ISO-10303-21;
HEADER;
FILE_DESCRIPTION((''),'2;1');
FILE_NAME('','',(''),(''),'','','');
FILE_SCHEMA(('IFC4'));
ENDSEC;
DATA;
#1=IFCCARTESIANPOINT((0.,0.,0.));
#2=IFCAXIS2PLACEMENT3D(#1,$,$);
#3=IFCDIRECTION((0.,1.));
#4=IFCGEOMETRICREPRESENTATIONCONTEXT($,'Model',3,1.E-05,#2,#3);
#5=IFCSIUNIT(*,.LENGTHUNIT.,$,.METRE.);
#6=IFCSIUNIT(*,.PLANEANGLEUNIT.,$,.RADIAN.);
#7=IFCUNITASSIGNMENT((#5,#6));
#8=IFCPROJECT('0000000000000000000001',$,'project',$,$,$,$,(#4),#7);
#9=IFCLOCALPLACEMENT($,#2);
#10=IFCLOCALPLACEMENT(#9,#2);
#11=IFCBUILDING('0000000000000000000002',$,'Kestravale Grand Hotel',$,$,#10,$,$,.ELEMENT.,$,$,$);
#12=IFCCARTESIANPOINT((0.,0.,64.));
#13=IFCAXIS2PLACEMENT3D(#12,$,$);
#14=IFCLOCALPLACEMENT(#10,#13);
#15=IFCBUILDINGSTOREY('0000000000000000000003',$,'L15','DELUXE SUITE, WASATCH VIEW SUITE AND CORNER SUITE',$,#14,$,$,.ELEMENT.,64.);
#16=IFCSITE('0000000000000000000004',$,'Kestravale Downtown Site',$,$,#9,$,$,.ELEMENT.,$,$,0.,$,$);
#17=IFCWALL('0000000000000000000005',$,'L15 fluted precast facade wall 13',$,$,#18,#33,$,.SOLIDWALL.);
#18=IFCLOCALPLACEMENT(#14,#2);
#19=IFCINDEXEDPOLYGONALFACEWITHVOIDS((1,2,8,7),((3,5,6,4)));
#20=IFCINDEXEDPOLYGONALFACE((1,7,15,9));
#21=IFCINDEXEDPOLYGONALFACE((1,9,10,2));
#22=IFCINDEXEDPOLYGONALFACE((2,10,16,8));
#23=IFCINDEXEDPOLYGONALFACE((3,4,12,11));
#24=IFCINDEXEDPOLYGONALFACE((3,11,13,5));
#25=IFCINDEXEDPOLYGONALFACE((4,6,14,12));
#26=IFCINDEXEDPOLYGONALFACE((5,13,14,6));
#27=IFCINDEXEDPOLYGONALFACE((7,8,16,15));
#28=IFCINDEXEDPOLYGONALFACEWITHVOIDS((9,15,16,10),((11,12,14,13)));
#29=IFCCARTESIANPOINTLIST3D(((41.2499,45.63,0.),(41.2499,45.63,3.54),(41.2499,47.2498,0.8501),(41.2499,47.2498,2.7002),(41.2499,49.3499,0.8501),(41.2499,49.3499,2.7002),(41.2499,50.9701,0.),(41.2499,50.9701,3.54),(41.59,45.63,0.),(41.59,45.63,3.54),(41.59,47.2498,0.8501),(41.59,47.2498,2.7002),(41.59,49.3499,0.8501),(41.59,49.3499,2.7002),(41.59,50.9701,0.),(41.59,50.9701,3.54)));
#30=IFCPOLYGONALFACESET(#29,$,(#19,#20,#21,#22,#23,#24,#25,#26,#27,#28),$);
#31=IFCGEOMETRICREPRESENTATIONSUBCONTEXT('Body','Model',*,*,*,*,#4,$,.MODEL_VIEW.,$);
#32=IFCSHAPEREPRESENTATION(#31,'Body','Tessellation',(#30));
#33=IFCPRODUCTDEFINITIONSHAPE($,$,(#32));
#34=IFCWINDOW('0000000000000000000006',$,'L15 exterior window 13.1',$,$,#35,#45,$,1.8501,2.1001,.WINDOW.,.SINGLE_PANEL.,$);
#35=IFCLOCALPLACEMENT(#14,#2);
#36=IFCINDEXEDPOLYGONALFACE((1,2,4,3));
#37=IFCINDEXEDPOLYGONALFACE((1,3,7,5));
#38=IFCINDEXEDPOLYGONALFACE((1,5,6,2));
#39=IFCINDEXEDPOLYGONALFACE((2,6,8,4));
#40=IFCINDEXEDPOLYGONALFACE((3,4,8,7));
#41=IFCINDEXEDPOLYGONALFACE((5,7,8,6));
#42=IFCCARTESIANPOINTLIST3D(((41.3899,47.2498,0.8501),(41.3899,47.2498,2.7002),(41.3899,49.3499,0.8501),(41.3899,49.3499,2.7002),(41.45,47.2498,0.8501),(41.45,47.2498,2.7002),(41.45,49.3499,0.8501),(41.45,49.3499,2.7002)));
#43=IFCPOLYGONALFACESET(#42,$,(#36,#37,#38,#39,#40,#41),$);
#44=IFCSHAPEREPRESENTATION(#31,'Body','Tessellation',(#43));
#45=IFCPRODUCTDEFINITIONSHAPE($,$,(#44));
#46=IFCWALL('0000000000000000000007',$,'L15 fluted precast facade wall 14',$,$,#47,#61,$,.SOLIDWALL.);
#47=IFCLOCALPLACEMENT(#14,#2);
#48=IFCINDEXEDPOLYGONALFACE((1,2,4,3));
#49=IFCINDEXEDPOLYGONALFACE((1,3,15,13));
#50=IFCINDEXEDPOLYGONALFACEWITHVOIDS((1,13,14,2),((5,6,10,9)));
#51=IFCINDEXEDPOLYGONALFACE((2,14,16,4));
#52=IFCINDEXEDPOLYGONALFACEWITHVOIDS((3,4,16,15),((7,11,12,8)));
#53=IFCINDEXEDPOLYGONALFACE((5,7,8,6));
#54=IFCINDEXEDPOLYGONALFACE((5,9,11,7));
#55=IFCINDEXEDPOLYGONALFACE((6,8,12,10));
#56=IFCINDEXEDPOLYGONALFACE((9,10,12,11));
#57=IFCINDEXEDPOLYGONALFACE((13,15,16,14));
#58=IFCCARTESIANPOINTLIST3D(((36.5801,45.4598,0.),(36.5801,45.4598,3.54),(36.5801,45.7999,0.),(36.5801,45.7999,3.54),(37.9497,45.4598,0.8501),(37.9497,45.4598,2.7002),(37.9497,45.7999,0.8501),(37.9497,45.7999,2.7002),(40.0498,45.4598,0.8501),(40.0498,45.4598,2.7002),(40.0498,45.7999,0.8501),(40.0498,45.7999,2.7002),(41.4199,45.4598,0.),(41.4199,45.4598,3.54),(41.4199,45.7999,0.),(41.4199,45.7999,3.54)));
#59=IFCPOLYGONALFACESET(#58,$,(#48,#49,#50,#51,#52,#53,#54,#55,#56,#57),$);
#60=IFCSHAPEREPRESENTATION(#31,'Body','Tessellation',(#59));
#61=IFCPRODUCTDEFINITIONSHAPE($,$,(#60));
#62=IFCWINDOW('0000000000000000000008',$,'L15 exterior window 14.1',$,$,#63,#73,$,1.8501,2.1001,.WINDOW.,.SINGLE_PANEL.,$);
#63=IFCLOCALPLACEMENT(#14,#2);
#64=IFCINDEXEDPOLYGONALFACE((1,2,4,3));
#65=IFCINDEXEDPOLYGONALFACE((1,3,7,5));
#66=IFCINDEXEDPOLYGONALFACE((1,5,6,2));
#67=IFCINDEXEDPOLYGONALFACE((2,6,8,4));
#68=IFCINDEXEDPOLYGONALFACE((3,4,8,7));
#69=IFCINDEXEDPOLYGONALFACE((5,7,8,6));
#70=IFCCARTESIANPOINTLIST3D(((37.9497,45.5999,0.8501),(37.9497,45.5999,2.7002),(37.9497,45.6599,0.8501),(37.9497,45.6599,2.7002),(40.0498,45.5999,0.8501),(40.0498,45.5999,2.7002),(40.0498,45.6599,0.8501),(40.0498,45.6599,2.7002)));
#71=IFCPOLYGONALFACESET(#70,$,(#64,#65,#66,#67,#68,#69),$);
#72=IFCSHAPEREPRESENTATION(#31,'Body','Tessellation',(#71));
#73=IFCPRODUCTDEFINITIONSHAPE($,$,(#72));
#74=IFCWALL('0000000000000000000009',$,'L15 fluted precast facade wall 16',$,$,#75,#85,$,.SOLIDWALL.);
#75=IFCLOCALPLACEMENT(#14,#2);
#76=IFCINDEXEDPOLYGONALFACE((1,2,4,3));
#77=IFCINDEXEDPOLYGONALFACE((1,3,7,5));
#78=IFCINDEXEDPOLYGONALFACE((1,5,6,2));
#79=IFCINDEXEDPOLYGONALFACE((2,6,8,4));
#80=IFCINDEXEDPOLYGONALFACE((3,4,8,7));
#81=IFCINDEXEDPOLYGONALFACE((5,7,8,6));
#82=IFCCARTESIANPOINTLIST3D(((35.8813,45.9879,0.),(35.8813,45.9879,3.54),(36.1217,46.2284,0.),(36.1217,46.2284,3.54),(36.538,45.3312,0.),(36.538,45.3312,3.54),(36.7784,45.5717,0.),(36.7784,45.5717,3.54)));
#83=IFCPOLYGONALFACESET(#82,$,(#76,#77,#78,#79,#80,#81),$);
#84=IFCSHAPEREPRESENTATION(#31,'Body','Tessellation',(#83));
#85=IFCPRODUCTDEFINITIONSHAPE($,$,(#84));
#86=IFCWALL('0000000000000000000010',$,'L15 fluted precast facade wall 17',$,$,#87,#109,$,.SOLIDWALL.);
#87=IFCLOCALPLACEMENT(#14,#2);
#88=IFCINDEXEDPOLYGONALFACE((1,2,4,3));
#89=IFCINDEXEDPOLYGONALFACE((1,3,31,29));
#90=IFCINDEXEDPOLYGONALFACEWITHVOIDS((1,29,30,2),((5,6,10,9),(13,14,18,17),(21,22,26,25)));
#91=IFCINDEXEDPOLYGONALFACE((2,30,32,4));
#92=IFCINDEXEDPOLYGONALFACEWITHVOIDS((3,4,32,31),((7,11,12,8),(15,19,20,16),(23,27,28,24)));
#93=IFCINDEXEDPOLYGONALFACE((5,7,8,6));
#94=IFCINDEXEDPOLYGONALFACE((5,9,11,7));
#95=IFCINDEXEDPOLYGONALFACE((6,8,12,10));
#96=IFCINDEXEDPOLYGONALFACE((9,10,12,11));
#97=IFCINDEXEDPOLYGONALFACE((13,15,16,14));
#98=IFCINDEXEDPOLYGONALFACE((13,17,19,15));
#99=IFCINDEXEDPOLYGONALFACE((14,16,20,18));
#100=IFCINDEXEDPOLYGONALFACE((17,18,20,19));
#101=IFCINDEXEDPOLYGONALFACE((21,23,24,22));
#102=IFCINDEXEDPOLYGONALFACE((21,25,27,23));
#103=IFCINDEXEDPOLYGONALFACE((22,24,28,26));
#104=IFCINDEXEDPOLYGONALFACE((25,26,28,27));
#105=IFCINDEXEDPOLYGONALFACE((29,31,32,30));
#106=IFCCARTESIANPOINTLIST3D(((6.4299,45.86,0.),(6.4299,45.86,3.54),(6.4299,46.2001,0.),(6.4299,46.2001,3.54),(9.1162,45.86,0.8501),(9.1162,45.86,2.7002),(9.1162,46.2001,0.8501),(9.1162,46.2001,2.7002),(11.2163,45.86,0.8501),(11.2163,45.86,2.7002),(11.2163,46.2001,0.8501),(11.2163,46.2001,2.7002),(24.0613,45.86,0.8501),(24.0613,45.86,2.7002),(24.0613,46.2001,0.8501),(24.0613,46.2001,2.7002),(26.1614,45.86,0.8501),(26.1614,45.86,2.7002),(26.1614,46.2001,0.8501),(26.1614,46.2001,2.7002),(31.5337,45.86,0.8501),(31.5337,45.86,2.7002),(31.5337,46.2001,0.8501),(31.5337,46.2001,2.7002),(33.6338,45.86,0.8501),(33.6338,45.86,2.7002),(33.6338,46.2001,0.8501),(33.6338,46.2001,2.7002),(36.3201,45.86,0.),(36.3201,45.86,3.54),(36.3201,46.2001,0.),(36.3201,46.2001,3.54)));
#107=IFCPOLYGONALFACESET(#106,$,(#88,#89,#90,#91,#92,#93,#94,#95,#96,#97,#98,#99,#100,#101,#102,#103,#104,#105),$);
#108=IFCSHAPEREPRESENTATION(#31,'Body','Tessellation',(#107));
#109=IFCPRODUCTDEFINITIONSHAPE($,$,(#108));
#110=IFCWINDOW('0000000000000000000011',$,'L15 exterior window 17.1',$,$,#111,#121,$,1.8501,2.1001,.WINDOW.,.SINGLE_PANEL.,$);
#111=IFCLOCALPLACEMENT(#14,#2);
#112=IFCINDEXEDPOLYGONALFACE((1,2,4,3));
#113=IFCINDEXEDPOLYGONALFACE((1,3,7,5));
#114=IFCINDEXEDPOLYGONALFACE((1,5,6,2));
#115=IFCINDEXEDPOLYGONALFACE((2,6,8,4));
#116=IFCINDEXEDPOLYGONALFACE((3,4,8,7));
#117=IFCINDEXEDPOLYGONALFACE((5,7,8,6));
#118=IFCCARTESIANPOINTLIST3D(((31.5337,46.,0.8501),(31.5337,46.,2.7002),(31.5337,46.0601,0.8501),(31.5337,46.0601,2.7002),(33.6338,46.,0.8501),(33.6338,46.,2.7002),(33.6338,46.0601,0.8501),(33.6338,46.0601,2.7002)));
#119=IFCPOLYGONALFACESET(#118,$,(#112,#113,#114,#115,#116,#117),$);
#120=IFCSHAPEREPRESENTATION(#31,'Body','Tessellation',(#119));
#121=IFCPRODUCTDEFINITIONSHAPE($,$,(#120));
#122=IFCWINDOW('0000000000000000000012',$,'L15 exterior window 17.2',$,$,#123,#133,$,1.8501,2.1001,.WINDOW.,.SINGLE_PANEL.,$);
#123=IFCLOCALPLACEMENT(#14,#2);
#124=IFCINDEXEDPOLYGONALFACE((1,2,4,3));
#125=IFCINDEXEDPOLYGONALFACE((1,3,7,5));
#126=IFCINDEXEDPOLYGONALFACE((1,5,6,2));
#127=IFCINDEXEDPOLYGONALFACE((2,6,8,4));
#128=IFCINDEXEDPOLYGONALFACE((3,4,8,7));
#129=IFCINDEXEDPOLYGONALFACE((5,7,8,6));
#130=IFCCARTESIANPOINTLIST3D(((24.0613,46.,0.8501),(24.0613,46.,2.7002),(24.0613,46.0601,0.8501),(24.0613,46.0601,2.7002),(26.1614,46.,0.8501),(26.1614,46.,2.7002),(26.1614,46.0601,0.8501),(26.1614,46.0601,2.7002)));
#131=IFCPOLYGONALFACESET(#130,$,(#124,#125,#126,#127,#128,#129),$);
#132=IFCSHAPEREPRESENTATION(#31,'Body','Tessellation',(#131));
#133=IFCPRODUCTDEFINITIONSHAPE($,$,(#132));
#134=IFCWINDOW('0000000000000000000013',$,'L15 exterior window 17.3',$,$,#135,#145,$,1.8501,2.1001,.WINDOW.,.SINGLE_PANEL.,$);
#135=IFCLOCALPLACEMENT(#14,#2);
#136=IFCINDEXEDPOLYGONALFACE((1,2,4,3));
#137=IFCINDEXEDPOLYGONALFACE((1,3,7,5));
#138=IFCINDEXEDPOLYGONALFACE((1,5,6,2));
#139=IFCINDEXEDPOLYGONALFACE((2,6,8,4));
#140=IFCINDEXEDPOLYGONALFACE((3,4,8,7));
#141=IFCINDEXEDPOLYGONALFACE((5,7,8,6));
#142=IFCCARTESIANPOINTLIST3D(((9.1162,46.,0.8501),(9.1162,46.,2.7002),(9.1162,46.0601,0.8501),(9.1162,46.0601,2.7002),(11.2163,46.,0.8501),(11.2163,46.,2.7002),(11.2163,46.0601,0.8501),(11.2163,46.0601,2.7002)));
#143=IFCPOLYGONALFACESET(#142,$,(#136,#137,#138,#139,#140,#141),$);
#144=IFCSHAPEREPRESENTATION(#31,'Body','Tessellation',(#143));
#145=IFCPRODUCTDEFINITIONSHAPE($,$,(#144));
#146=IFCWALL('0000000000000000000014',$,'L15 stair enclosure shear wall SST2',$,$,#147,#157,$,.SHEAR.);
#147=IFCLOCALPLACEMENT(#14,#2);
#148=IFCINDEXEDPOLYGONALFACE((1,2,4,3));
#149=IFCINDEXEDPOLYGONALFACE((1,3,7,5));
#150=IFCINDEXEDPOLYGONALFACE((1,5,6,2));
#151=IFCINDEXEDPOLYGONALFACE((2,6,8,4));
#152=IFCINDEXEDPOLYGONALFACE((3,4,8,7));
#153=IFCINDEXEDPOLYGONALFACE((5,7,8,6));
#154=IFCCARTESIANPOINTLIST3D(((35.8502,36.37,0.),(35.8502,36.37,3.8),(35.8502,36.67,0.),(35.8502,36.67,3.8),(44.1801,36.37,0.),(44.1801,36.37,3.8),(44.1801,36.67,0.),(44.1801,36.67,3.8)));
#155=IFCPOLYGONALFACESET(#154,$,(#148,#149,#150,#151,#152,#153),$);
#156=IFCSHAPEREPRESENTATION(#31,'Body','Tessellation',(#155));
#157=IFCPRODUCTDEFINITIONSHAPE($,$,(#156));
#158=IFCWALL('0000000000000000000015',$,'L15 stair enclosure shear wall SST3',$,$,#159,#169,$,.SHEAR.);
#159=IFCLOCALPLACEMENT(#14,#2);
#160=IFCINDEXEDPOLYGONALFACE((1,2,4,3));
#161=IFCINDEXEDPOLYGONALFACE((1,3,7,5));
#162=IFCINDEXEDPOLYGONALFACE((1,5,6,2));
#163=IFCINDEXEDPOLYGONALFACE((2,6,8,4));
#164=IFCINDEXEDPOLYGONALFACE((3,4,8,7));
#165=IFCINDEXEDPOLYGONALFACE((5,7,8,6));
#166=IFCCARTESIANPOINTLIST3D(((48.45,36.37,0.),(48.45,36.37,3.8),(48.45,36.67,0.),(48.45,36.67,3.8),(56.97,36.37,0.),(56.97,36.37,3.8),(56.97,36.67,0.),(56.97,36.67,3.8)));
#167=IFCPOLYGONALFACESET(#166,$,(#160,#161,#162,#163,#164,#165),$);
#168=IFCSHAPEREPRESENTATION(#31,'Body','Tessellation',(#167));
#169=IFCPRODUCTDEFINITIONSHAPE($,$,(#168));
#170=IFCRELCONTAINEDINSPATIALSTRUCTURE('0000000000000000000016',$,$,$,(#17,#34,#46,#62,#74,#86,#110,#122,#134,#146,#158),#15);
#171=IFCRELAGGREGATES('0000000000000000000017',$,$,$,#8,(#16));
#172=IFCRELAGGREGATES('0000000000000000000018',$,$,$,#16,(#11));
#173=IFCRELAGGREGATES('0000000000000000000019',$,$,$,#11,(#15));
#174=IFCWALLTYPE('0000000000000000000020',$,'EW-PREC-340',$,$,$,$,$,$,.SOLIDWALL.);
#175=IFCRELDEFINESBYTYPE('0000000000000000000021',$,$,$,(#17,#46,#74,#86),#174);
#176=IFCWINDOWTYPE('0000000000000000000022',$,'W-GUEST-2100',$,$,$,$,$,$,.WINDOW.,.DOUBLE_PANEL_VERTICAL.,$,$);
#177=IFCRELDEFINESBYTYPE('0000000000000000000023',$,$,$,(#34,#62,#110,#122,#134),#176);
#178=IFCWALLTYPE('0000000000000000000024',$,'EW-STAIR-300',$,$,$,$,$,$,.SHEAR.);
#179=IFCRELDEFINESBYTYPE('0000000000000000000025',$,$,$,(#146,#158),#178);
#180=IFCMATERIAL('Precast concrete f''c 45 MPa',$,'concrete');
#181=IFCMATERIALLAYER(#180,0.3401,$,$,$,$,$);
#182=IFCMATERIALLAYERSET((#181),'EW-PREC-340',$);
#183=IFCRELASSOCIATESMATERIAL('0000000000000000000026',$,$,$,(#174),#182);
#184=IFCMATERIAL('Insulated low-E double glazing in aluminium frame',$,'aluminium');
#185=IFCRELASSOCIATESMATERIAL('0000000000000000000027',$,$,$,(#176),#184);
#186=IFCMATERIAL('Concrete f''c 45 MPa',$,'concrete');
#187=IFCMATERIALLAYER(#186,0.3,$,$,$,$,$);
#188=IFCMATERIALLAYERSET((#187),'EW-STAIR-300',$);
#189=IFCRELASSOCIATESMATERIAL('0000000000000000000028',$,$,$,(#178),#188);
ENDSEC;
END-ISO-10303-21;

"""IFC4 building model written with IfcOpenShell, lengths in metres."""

from ifc_helpers import new_model, si_unit, direction, frame, frame_2d, origin, place, context, subcontext, project, spatial, rectangle, extrude, material, layer, layer_set, type_object, element, fill, save


model = new_model("IFC4")

# Units and contexts
model_context = context("Model", 3, precision=1e-05, world=origin(), true_north=direction((0.0, 1.0)))
body_context = subcontext(model_context, "Body", "Model", "MODEL_VIEW")
ifc_project = project(units=[si_unit("LENGTHUNIT", "METRE"), si_unit("PLANEANGLEUNIT", "RADIAN")], contexts=[model_context])

# Site, building, storey
site_placement = place(None, origin())
site = spatial("IfcSite", under=ifc_project, at=site_placement, Name="Kestravale Downtown Site", CompositionType="ELEMENT", RefElevation=0.0)
building_placement = place(site_placement, origin())
building = spatial("IfcBuilding", under=site, at=building_placement, Name="Kestravale Grand Hotel", CompositionType="ELEMENT")
storey_placement = place(building_placement, frame((0.0, 0.0, 64.0)))
storey = spatial("IfcBuildingStorey", under=building, at=storey_placement, Name="L15", Description="DELUXE SUITE, WASATCH VIEW SUITE AND CORNER SUITE", CompositionType="ELEMENT", Elevation=64.0)

# Shared definitions
ifc_material_1 = material(Name="Precast concrete f'c 45 MPa", Category="concrete")
ifc_layer_1 = layer(ifc_material_1, 0.3401)
ifc_layer_set_1 = layer_set([ifc_layer_1], Name="EW-PREC-340")
wall_type_1 = type_object("IfcWallType", Name="EW-PREC-340", PredefinedType="SOLIDWALL", material=ifc_layer_set_1)

# Walls, openings, windows
wall_1_placement = place(storey_placement, frame((41.4199, 50.97, 0.0), z_axis=(0.0, 0.0, 1.0), x_axis=(0.0, -1.0, 0.0)))
wall_1 = element("IfcWall", 1, at=wall_1_placement, inside=storey, type_object=wall_type_1, Name="L15 fluted precast facade wall 13", PredefinedType="SOLIDWALL", context=body_context, shape_type="SweptSolid", body=[
    extrude(rectangle(XDim=5.3401, YDim=0.3401, at=frame_2d((2.6699, 0.0))), origin(), (0.0, 0.0, 1.0), 3.54),
])
opening_1_placement = place(wall_1_placement, frame((1.6201, 0.0, 0.8501)))
opening_1 = element("IfcOpeningElement", 2, at=opening_1_placement, cuts=wall_1, PredefinedType="OPENING", context=body_context, shape_type="SweptSolid", body=[
    extrude(rectangle(XDim=2.1001, YDim=1.8501, at=frame_2d((1.05, 0.925))), frame((0.0, 0.1799, 0.0), z_axis=(0.0, -1.0, 0.0), x_axis=(1.0, 0.0, 0.0)), (0.0, 0.0, 1.0), 0.3601),
])
ifc_material_2 = material(Name="Insulated low-E double glazing in aluminium frame", Category="aluminium")
window_type = type_object("IfcWindowType", Name="W-GUEST-2100", PartitioningType="DOUBLE_PANEL_VERTICAL", PredefinedType="WINDOW", material=ifc_material_2)
window_1_placement = place(opening_1_placement, origin())
window_1 = element("IfcWindow", 3, at=window_1_placement, inside=storey, type_object=window_type, Name="L15 exterior window 13.1", OverallHeight=1.8501, OverallWidth=2.1001, PartitioningType="SINGLE_PANEL", PredefinedType="WINDOW", context=body_context, shape_type="SweptSolid", body=[
    extrude(rectangle(XDim=2.1001, YDim=1.8501, at=frame_2d((1.05, 0.925))), frame((0.0, 0.03, 0.0), z_axis=(0.0, -1.0, 0.0), x_axis=(1.0, 0.0, 0.0)), (0.0, 0.0, 1.0), 0.0601),
])
fill(opening_1, window_1)
wall_2_placement = place(storey_placement, frame((41.4199, 45.6299, 0.0), z_axis=(0.0, 0.0, 1.0), x_axis=(-1.0, 0.0, 0.0)))
wall_2 = element("IfcWall", 4, at=wall_2_placement, inside=storey, type_object=wall_type_1, Name="L15 fluted precast facade wall 14", PredefinedType="SOLIDWALL", context=body_context, shape_type="SweptSolid", body=[
    extrude(rectangle(XDim=4.8398, YDim=0.3401, at=frame_2d((2.4199, 0.0))), origin(), (0.0, 0.0, 1.0), 3.54),
])
opening_2_placement = place(wall_2_placement, frame((1.3701, 0.0, 0.8501)))
opening_2 = element("IfcOpeningElement", 5, at=opening_2_placement, cuts=wall_2, PredefinedType="OPENING", context=body_context, shape_type="SweptSolid", body=[
    extrude(rectangle(XDim=2.1001, YDim=1.8501, at=frame_2d((1.05, 0.925))), frame((0.0, 0.1799, 0.0), z_axis=(0.0, -1.0, 0.0), x_axis=(1.0, 0.0, 0.0)), (0.0, 0.0, 1.0), 0.3601),
])
window_2_placement = place(opening_2_placement, origin())
window_2 = element("IfcWindow", 6, at=window_2_placement, inside=storey, type_object=window_type, Name="L15 exterior window 14.1", OverallHeight=1.8501, OverallWidth=2.1001, PartitioningType="SINGLE_PANEL", PredefinedType="WINDOW", context=body_context, shape_type="SweptSolid", body=[
    extrude(rectangle(XDim=2.1001, YDim=1.8501, at=frame_2d((1.05, 0.925))), frame((0.0, 0.03, 0.0), z_axis=(0.0, -1.0, 0.0), x_axis=(1.0, 0.0, 0.0)), (0.0, 0.0, 1.0), 0.0601),
])
fill(opening_2, window_2)

# Wall
wall_3_placement = place(storey_placement, frame((36.6582, 45.4514, 0.0), z_axis=(0.0, 0.0, 1.0), x_axis=(-0.707107, 0.707107, 0.0)))
element("IfcWall", 7, at=wall_3_placement, inside=storey, type_object=wall_type_1, Name="L15 fluted precast facade wall 16", PredefinedType="SOLIDWALL", context=body_context, shape_type="SweptSolid", body=[
    extrude(rectangle(XDim=0.9287, YDim=0.3401, at=frame_2d((0.4644, 0.0))), origin(), (0.0, 0.0, 1.0), 3.54),
])

# Wall, openings, windows
wall_4_placement = place(storey_placement, frame((36.3201, 46.03, 0.0), z_axis=(0.0, 0.0, 1.0), x_axis=(-1.0, 0.0, 0.0)))
wall_4 = element("IfcWall", 8, at=wall_4_placement, inside=storey, type_object=wall_type_1, Name="L15 fluted precast facade wall 17", PredefinedType="SOLIDWALL", context=body_context, shape_type="SweptSolid", body=[
    extrude(rectangle(XDim=29.8901, YDim=0.3401, at=frame_2d((14.9451, 0.0))), origin(), (0.0, 0.0, 1.0), 3.54),
])
opening_3_placement = place(wall_4_placement, frame((2.6863, 0.0, 0.8501)))
opening_3 = element("IfcOpeningElement", 9, at=opening_3_placement, cuts=wall_4, PredefinedType="OPENING", context=body_context, shape_type="SweptSolid", body=[
    extrude(rectangle(XDim=2.1001, YDim=1.8501, at=frame_2d((1.05, 0.925))), frame((0.0, 0.1799, 0.0), z_axis=(0.0, -1.0, 0.0), x_axis=(1.0, 0.0, 0.0)), (0.0, 0.0, 1.0), 0.3601),
])
opening_4_placement = place(wall_4_placement, frame((10.1587, 0.0, 0.8501)))
opening_4 = element("IfcOpeningElement", 10, at=opening_4_placement, cuts=wall_4, PredefinedType="OPENING", context=body_context, shape_type="SweptSolid", body=[
    extrude(rectangle(XDim=2.1001, YDim=1.8501, at=frame_2d((1.05, 0.925))), frame((0.0, 0.1799, 0.0), z_axis=(0.0, -1.0, 0.0), x_axis=(1.0, 0.0, 0.0)), (0.0, 0.0, 1.0), 0.3601),
])
opening_5_placement = place(wall_4_placement, frame((25.1038, 0.0, 0.8501)))
opening_5 = element("IfcOpeningElement", 11, at=opening_5_placement, cuts=wall_4, PredefinedType="OPENING", context=body_context, shape_type="SweptSolid", body=[
    extrude(rectangle(XDim=2.1001, YDim=1.8501, at=frame_2d((1.05, 0.925))), frame((0.0, 0.1799, 0.0), z_axis=(0.0, -1.0, 0.0), x_axis=(1.0, 0.0, 0.0)), (0.0, 0.0, 1.0), 0.3601),
])
window_3_placement = place(opening_3_placement, origin())
window_3 = element("IfcWindow", 12, at=window_3_placement, inside=storey, type_object=window_type, Name="L15 exterior window 17.1", OverallHeight=1.8501, OverallWidth=2.1001, PartitioningType="SINGLE_PANEL", PredefinedType="WINDOW", context=body_context, shape_type="SweptSolid", body=[
    extrude(rectangle(XDim=2.1001, YDim=1.8501, at=frame_2d((1.05, 0.925))), frame((0.0, 0.03, 0.0), z_axis=(0.0, -1.0, 0.0), x_axis=(1.0, 0.0, 0.0)), (0.0, 0.0, 1.0), 0.0601),
])
fill(opening_3, window_3)
window_4_placement = place(opening_4_placement, origin())
window_4 = element("IfcWindow", 13, at=window_4_placement, inside=storey, type_object=window_type, Name="L15 exterior window 17.2", OverallHeight=1.8501, OverallWidth=2.1001, PartitioningType="SINGLE_PANEL", PredefinedType="WINDOW", context=body_context, shape_type="SweptSolid", body=[
    extrude(rectangle(XDim=2.1001, YDim=1.8501, at=frame_2d((1.05, 0.925))), frame((0.0, 0.03, 0.0), z_axis=(0.0, -1.0, 0.0), x_axis=(1.0, 0.0, 0.0)), (0.0, 0.0, 1.0), 0.0601),
])
fill(opening_4, window_4)
window_5_placement = place(opening_5_placement, origin())
window_5 = element("IfcWindow", 14, at=window_5_placement, inside=storey, type_object=window_type, Name="L15 exterior window 17.3", OverallHeight=1.8501, OverallWidth=2.1001, PartitioningType="SINGLE_PANEL", PredefinedType="WINDOW", context=body_context, shape_type="SweptSolid", body=[
    extrude(rectangle(XDim=2.1001, YDim=1.8501, at=frame_2d((1.05, 0.925))), frame((0.0, 0.03, 0.0), z_axis=(0.0, -1.0, 0.0), x_axis=(1.0, 0.0, 0.0)), (0.0, 0.0, 1.0), 0.0601),
])
fill(opening_5, window_5)

# Walls
ifc_material_3 = material(Name="Concrete f'c 45 MPa", Category="concrete")
ifc_layer_2 = layer(ifc_material_3, 0.3)
ifc_layer_set_2 = layer_set([ifc_layer_2], Name="EW-STAIR-300")
wall_type_2 = type_object("IfcWallType", Name="EW-STAIR-300", PredefinedType="SHEAR", material=ifc_layer_set_2)
wall_5_placement = place(storey_placement, frame((35.8501, 36.52, 0.0), z_axis=(0.0, 0.0, 1.0), x_axis=(1.0, 0.0, 0.0)))
element("IfcWall", 15, at=wall_5_placement, inside=storey, type_object=wall_type_2, Name="L15 stair enclosure shear wall SST2", PredefinedType="SHEAR", context=body_context, shape_type="SweptSolid", body=[
    extrude(rectangle(XDim=8.3298, YDim=0.3, at=frame_2d((4.165, 0.0))), origin(), (0.0, 0.0, 1.0), 3.8),
])
wall_6_placement = place(storey_placement, frame((48.45, 36.52, 0.0), z_axis=(0.0, 0.0, 1.0), x_axis=(1.0, 0.0, 0.0)))
element("IfcWall", 16, at=wall_6_placement, inside=storey, type_object=wall_type_2, Name="L15 stair enclosure shear wall SST3", PredefinedType="SHEAR", context=body_context, shape_type="SweptSolid", body=[
    extrude(rectangle(XDim=8.52, YDim=0.3, at=frame_2d((4.26, 0.0))), origin(), (0.0, 0.0, 1.0), 3.8),
])

save(model, "model.ifc")
